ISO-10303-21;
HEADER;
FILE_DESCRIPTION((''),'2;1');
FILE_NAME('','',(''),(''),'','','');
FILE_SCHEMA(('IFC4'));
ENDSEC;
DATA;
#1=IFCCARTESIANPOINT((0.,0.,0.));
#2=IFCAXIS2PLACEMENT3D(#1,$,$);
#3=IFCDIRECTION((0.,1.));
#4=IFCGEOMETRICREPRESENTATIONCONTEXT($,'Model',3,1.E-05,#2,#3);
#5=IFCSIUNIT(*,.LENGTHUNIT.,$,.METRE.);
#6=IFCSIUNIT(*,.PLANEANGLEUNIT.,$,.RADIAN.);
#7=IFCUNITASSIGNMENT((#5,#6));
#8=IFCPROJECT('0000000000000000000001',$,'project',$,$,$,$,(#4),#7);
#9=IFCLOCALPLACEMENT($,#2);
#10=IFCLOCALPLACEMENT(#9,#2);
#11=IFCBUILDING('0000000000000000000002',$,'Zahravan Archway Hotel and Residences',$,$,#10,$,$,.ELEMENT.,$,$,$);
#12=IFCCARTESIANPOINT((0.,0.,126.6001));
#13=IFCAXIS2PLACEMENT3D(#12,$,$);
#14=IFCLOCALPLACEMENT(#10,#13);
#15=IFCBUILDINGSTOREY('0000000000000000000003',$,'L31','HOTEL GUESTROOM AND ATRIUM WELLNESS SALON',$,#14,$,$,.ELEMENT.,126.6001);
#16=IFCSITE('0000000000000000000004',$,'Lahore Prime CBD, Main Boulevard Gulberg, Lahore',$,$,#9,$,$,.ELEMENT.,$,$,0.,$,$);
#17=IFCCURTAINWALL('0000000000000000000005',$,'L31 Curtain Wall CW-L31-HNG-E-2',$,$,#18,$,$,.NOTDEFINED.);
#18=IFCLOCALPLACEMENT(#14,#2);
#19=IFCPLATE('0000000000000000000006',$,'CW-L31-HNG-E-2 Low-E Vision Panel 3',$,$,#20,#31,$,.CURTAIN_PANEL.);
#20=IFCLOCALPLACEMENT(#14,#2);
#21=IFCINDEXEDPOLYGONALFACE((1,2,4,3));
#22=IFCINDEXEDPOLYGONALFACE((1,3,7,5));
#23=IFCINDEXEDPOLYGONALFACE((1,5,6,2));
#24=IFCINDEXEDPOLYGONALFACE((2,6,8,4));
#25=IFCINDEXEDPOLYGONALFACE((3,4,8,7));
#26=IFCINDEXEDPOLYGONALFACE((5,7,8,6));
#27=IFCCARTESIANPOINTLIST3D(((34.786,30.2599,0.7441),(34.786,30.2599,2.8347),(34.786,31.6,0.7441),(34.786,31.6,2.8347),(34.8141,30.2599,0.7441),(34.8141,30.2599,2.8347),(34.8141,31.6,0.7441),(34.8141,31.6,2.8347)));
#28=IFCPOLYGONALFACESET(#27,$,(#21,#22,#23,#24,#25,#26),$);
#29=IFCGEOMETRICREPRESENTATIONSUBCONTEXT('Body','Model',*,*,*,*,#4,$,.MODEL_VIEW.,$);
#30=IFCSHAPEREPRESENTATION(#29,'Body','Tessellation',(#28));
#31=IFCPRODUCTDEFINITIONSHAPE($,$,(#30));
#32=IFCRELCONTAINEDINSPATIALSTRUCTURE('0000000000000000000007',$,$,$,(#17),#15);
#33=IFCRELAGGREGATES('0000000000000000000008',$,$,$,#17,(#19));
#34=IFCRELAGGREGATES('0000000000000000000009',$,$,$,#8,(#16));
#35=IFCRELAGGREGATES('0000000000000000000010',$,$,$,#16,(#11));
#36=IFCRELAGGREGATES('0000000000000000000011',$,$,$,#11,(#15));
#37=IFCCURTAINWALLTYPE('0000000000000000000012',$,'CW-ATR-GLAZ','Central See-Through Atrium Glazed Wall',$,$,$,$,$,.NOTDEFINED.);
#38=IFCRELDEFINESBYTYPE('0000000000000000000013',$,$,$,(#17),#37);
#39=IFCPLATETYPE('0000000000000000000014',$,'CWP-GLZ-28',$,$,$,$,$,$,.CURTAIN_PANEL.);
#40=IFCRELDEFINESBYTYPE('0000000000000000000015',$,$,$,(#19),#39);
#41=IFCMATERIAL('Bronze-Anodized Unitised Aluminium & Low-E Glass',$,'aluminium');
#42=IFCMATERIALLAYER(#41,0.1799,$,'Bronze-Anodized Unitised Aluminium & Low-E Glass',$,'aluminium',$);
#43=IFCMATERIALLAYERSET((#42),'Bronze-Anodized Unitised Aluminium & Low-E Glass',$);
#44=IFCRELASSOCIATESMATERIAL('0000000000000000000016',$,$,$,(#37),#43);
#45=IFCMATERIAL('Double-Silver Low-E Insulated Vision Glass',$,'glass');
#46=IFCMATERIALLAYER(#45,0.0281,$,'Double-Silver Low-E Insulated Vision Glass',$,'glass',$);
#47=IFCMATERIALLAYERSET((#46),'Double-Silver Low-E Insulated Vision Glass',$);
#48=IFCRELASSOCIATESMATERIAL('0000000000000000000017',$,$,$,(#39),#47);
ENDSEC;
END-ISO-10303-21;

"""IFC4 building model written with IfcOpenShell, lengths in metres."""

from ifc_helpers import new_model, si_unit, direction, frame, origin, origin_2d, place, context, subcontext, project, spatial, rectangle, extrude, source, transform, mapped, material, layer, layer_set, type_object, element, aggregate, save


model = new_model("IFC4")

# Units and contexts
model_context = context("Model", 3, precision=1e-05, world=origin(), true_north=direction((0.0, 1.0)))
body_context = subcontext(model_context, "Body", "Model", "MODEL_VIEW")
ifc_project = project(units=[si_unit("LENGTHUNIT", "METRE"), si_unit("PLANEANGLEUNIT", "RADIAN")], contexts=[model_context])

# Site, building, storey
site_placement = place(None, origin())
site = spatial("IfcSite", under=ifc_project, at=site_placement, Name="Lahore Prime CBD, Main Boulevard Gulberg, Lahore", CompositionType="ELEMENT", RefElevation=0.0)
building_placement = place(site_placement, origin())
building = spatial("IfcBuilding", under=site, at=building_placement, Name="Zahravan Archway Hotel and Residences", CompositionType="ELEMENT")
storey_placement = place(building_placement, frame((0.0, 0.0, 126.6001)))
storey = spatial("IfcBuildingStorey", under=building, at=storey_placement, Name="L31", Description="HOTEL GUESTROOM AND ATRIUM WELLNESS SALON", CompositionType="ELEMENT", Elevation=126.6001)

# Curtain wall
ifc_material_1 = material(Name="Bronze-Anodized Unitised Aluminium & Low-E Glass", Category="aluminium")
ifc_layer_1 = layer(ifc_material_1, 0.1799, Name="Bronze-Anodized Unitised Aluminium & Low-E Glass", Category="aluminium")
ifc_layer_set_1 = layer_set([ifc_layer_1], Name="Bronze-Anodized Unitised Aluminium & Low-E Glass")
curtain_wall_type = type_object("IfcCurtainWallType", Name="CW-ATR-GLAZ", Description="Central See-Through Atrium Glazed Wall", PredefinedType="NOTDEFINED", material=ifc_layer_set_1)
curtain_wall_1_placement = place(storey_placement, origin())
curtain_wall_1 = element("IfcCurtainWall", 1, at=curtain_wall_1_placement, inside=storey, type_object=curtain_wall_type, Name="L31 Curtain Wall CW-L31-HNG-E-2", PredefinedType="NOTDEFINED")

# Plate
ifc_material_2 = material(Name="Double-Silver Low-E Insulated Vision Glass", Category="glass")
ifc_layer_2 = layer(ifc_material_2, 0.0281, Name="Double-Silver Low-E Insulated Vision Glass", Category="glass")
ifc_layer_set_2 = layer_set([ifc_layer_2], Name="Double-Silver Low-E Insulated Vision Glass")
plate_type_1 = type_object("IfcPlateType", Name="CWP-GLZ-28", PredefinedType="CURTAIN_PANEL", material=ifc_layer_set_2)
shared_shape_1 = source(origin(), body_context, "Body", "SweptSolid", [
    extrude(rectangle(XDim=1.3401, YDim=0.0281, at=origin_2d()), origin(), (0.0, 0.0, 1.0), 2.0906),
])
plate_1_placement = place(storey_placement, frame((34.8, 30.9299, 0.7441), z_axis=(0.0, 0.0, 1.0), x_axis=(0.0, 1.0, 0.0)))
plate_1 = element("IfcPlate", 2, at=plate_1_placement, type_object=plate_type_1, Name="CW-L31-HNG-E-2 Low-E Vision Panel 3", PredefinedType="CURTAIN_PANEL", context=body_context, shape_type="MappedRepresentation", body=[
    mapped(shared_shape_1, transform((0.0, 0.0, 0.0), scale=1.0)),
])
aggregate(curtain_wall_1, [plate_1])

save(model, "model.ifc")
